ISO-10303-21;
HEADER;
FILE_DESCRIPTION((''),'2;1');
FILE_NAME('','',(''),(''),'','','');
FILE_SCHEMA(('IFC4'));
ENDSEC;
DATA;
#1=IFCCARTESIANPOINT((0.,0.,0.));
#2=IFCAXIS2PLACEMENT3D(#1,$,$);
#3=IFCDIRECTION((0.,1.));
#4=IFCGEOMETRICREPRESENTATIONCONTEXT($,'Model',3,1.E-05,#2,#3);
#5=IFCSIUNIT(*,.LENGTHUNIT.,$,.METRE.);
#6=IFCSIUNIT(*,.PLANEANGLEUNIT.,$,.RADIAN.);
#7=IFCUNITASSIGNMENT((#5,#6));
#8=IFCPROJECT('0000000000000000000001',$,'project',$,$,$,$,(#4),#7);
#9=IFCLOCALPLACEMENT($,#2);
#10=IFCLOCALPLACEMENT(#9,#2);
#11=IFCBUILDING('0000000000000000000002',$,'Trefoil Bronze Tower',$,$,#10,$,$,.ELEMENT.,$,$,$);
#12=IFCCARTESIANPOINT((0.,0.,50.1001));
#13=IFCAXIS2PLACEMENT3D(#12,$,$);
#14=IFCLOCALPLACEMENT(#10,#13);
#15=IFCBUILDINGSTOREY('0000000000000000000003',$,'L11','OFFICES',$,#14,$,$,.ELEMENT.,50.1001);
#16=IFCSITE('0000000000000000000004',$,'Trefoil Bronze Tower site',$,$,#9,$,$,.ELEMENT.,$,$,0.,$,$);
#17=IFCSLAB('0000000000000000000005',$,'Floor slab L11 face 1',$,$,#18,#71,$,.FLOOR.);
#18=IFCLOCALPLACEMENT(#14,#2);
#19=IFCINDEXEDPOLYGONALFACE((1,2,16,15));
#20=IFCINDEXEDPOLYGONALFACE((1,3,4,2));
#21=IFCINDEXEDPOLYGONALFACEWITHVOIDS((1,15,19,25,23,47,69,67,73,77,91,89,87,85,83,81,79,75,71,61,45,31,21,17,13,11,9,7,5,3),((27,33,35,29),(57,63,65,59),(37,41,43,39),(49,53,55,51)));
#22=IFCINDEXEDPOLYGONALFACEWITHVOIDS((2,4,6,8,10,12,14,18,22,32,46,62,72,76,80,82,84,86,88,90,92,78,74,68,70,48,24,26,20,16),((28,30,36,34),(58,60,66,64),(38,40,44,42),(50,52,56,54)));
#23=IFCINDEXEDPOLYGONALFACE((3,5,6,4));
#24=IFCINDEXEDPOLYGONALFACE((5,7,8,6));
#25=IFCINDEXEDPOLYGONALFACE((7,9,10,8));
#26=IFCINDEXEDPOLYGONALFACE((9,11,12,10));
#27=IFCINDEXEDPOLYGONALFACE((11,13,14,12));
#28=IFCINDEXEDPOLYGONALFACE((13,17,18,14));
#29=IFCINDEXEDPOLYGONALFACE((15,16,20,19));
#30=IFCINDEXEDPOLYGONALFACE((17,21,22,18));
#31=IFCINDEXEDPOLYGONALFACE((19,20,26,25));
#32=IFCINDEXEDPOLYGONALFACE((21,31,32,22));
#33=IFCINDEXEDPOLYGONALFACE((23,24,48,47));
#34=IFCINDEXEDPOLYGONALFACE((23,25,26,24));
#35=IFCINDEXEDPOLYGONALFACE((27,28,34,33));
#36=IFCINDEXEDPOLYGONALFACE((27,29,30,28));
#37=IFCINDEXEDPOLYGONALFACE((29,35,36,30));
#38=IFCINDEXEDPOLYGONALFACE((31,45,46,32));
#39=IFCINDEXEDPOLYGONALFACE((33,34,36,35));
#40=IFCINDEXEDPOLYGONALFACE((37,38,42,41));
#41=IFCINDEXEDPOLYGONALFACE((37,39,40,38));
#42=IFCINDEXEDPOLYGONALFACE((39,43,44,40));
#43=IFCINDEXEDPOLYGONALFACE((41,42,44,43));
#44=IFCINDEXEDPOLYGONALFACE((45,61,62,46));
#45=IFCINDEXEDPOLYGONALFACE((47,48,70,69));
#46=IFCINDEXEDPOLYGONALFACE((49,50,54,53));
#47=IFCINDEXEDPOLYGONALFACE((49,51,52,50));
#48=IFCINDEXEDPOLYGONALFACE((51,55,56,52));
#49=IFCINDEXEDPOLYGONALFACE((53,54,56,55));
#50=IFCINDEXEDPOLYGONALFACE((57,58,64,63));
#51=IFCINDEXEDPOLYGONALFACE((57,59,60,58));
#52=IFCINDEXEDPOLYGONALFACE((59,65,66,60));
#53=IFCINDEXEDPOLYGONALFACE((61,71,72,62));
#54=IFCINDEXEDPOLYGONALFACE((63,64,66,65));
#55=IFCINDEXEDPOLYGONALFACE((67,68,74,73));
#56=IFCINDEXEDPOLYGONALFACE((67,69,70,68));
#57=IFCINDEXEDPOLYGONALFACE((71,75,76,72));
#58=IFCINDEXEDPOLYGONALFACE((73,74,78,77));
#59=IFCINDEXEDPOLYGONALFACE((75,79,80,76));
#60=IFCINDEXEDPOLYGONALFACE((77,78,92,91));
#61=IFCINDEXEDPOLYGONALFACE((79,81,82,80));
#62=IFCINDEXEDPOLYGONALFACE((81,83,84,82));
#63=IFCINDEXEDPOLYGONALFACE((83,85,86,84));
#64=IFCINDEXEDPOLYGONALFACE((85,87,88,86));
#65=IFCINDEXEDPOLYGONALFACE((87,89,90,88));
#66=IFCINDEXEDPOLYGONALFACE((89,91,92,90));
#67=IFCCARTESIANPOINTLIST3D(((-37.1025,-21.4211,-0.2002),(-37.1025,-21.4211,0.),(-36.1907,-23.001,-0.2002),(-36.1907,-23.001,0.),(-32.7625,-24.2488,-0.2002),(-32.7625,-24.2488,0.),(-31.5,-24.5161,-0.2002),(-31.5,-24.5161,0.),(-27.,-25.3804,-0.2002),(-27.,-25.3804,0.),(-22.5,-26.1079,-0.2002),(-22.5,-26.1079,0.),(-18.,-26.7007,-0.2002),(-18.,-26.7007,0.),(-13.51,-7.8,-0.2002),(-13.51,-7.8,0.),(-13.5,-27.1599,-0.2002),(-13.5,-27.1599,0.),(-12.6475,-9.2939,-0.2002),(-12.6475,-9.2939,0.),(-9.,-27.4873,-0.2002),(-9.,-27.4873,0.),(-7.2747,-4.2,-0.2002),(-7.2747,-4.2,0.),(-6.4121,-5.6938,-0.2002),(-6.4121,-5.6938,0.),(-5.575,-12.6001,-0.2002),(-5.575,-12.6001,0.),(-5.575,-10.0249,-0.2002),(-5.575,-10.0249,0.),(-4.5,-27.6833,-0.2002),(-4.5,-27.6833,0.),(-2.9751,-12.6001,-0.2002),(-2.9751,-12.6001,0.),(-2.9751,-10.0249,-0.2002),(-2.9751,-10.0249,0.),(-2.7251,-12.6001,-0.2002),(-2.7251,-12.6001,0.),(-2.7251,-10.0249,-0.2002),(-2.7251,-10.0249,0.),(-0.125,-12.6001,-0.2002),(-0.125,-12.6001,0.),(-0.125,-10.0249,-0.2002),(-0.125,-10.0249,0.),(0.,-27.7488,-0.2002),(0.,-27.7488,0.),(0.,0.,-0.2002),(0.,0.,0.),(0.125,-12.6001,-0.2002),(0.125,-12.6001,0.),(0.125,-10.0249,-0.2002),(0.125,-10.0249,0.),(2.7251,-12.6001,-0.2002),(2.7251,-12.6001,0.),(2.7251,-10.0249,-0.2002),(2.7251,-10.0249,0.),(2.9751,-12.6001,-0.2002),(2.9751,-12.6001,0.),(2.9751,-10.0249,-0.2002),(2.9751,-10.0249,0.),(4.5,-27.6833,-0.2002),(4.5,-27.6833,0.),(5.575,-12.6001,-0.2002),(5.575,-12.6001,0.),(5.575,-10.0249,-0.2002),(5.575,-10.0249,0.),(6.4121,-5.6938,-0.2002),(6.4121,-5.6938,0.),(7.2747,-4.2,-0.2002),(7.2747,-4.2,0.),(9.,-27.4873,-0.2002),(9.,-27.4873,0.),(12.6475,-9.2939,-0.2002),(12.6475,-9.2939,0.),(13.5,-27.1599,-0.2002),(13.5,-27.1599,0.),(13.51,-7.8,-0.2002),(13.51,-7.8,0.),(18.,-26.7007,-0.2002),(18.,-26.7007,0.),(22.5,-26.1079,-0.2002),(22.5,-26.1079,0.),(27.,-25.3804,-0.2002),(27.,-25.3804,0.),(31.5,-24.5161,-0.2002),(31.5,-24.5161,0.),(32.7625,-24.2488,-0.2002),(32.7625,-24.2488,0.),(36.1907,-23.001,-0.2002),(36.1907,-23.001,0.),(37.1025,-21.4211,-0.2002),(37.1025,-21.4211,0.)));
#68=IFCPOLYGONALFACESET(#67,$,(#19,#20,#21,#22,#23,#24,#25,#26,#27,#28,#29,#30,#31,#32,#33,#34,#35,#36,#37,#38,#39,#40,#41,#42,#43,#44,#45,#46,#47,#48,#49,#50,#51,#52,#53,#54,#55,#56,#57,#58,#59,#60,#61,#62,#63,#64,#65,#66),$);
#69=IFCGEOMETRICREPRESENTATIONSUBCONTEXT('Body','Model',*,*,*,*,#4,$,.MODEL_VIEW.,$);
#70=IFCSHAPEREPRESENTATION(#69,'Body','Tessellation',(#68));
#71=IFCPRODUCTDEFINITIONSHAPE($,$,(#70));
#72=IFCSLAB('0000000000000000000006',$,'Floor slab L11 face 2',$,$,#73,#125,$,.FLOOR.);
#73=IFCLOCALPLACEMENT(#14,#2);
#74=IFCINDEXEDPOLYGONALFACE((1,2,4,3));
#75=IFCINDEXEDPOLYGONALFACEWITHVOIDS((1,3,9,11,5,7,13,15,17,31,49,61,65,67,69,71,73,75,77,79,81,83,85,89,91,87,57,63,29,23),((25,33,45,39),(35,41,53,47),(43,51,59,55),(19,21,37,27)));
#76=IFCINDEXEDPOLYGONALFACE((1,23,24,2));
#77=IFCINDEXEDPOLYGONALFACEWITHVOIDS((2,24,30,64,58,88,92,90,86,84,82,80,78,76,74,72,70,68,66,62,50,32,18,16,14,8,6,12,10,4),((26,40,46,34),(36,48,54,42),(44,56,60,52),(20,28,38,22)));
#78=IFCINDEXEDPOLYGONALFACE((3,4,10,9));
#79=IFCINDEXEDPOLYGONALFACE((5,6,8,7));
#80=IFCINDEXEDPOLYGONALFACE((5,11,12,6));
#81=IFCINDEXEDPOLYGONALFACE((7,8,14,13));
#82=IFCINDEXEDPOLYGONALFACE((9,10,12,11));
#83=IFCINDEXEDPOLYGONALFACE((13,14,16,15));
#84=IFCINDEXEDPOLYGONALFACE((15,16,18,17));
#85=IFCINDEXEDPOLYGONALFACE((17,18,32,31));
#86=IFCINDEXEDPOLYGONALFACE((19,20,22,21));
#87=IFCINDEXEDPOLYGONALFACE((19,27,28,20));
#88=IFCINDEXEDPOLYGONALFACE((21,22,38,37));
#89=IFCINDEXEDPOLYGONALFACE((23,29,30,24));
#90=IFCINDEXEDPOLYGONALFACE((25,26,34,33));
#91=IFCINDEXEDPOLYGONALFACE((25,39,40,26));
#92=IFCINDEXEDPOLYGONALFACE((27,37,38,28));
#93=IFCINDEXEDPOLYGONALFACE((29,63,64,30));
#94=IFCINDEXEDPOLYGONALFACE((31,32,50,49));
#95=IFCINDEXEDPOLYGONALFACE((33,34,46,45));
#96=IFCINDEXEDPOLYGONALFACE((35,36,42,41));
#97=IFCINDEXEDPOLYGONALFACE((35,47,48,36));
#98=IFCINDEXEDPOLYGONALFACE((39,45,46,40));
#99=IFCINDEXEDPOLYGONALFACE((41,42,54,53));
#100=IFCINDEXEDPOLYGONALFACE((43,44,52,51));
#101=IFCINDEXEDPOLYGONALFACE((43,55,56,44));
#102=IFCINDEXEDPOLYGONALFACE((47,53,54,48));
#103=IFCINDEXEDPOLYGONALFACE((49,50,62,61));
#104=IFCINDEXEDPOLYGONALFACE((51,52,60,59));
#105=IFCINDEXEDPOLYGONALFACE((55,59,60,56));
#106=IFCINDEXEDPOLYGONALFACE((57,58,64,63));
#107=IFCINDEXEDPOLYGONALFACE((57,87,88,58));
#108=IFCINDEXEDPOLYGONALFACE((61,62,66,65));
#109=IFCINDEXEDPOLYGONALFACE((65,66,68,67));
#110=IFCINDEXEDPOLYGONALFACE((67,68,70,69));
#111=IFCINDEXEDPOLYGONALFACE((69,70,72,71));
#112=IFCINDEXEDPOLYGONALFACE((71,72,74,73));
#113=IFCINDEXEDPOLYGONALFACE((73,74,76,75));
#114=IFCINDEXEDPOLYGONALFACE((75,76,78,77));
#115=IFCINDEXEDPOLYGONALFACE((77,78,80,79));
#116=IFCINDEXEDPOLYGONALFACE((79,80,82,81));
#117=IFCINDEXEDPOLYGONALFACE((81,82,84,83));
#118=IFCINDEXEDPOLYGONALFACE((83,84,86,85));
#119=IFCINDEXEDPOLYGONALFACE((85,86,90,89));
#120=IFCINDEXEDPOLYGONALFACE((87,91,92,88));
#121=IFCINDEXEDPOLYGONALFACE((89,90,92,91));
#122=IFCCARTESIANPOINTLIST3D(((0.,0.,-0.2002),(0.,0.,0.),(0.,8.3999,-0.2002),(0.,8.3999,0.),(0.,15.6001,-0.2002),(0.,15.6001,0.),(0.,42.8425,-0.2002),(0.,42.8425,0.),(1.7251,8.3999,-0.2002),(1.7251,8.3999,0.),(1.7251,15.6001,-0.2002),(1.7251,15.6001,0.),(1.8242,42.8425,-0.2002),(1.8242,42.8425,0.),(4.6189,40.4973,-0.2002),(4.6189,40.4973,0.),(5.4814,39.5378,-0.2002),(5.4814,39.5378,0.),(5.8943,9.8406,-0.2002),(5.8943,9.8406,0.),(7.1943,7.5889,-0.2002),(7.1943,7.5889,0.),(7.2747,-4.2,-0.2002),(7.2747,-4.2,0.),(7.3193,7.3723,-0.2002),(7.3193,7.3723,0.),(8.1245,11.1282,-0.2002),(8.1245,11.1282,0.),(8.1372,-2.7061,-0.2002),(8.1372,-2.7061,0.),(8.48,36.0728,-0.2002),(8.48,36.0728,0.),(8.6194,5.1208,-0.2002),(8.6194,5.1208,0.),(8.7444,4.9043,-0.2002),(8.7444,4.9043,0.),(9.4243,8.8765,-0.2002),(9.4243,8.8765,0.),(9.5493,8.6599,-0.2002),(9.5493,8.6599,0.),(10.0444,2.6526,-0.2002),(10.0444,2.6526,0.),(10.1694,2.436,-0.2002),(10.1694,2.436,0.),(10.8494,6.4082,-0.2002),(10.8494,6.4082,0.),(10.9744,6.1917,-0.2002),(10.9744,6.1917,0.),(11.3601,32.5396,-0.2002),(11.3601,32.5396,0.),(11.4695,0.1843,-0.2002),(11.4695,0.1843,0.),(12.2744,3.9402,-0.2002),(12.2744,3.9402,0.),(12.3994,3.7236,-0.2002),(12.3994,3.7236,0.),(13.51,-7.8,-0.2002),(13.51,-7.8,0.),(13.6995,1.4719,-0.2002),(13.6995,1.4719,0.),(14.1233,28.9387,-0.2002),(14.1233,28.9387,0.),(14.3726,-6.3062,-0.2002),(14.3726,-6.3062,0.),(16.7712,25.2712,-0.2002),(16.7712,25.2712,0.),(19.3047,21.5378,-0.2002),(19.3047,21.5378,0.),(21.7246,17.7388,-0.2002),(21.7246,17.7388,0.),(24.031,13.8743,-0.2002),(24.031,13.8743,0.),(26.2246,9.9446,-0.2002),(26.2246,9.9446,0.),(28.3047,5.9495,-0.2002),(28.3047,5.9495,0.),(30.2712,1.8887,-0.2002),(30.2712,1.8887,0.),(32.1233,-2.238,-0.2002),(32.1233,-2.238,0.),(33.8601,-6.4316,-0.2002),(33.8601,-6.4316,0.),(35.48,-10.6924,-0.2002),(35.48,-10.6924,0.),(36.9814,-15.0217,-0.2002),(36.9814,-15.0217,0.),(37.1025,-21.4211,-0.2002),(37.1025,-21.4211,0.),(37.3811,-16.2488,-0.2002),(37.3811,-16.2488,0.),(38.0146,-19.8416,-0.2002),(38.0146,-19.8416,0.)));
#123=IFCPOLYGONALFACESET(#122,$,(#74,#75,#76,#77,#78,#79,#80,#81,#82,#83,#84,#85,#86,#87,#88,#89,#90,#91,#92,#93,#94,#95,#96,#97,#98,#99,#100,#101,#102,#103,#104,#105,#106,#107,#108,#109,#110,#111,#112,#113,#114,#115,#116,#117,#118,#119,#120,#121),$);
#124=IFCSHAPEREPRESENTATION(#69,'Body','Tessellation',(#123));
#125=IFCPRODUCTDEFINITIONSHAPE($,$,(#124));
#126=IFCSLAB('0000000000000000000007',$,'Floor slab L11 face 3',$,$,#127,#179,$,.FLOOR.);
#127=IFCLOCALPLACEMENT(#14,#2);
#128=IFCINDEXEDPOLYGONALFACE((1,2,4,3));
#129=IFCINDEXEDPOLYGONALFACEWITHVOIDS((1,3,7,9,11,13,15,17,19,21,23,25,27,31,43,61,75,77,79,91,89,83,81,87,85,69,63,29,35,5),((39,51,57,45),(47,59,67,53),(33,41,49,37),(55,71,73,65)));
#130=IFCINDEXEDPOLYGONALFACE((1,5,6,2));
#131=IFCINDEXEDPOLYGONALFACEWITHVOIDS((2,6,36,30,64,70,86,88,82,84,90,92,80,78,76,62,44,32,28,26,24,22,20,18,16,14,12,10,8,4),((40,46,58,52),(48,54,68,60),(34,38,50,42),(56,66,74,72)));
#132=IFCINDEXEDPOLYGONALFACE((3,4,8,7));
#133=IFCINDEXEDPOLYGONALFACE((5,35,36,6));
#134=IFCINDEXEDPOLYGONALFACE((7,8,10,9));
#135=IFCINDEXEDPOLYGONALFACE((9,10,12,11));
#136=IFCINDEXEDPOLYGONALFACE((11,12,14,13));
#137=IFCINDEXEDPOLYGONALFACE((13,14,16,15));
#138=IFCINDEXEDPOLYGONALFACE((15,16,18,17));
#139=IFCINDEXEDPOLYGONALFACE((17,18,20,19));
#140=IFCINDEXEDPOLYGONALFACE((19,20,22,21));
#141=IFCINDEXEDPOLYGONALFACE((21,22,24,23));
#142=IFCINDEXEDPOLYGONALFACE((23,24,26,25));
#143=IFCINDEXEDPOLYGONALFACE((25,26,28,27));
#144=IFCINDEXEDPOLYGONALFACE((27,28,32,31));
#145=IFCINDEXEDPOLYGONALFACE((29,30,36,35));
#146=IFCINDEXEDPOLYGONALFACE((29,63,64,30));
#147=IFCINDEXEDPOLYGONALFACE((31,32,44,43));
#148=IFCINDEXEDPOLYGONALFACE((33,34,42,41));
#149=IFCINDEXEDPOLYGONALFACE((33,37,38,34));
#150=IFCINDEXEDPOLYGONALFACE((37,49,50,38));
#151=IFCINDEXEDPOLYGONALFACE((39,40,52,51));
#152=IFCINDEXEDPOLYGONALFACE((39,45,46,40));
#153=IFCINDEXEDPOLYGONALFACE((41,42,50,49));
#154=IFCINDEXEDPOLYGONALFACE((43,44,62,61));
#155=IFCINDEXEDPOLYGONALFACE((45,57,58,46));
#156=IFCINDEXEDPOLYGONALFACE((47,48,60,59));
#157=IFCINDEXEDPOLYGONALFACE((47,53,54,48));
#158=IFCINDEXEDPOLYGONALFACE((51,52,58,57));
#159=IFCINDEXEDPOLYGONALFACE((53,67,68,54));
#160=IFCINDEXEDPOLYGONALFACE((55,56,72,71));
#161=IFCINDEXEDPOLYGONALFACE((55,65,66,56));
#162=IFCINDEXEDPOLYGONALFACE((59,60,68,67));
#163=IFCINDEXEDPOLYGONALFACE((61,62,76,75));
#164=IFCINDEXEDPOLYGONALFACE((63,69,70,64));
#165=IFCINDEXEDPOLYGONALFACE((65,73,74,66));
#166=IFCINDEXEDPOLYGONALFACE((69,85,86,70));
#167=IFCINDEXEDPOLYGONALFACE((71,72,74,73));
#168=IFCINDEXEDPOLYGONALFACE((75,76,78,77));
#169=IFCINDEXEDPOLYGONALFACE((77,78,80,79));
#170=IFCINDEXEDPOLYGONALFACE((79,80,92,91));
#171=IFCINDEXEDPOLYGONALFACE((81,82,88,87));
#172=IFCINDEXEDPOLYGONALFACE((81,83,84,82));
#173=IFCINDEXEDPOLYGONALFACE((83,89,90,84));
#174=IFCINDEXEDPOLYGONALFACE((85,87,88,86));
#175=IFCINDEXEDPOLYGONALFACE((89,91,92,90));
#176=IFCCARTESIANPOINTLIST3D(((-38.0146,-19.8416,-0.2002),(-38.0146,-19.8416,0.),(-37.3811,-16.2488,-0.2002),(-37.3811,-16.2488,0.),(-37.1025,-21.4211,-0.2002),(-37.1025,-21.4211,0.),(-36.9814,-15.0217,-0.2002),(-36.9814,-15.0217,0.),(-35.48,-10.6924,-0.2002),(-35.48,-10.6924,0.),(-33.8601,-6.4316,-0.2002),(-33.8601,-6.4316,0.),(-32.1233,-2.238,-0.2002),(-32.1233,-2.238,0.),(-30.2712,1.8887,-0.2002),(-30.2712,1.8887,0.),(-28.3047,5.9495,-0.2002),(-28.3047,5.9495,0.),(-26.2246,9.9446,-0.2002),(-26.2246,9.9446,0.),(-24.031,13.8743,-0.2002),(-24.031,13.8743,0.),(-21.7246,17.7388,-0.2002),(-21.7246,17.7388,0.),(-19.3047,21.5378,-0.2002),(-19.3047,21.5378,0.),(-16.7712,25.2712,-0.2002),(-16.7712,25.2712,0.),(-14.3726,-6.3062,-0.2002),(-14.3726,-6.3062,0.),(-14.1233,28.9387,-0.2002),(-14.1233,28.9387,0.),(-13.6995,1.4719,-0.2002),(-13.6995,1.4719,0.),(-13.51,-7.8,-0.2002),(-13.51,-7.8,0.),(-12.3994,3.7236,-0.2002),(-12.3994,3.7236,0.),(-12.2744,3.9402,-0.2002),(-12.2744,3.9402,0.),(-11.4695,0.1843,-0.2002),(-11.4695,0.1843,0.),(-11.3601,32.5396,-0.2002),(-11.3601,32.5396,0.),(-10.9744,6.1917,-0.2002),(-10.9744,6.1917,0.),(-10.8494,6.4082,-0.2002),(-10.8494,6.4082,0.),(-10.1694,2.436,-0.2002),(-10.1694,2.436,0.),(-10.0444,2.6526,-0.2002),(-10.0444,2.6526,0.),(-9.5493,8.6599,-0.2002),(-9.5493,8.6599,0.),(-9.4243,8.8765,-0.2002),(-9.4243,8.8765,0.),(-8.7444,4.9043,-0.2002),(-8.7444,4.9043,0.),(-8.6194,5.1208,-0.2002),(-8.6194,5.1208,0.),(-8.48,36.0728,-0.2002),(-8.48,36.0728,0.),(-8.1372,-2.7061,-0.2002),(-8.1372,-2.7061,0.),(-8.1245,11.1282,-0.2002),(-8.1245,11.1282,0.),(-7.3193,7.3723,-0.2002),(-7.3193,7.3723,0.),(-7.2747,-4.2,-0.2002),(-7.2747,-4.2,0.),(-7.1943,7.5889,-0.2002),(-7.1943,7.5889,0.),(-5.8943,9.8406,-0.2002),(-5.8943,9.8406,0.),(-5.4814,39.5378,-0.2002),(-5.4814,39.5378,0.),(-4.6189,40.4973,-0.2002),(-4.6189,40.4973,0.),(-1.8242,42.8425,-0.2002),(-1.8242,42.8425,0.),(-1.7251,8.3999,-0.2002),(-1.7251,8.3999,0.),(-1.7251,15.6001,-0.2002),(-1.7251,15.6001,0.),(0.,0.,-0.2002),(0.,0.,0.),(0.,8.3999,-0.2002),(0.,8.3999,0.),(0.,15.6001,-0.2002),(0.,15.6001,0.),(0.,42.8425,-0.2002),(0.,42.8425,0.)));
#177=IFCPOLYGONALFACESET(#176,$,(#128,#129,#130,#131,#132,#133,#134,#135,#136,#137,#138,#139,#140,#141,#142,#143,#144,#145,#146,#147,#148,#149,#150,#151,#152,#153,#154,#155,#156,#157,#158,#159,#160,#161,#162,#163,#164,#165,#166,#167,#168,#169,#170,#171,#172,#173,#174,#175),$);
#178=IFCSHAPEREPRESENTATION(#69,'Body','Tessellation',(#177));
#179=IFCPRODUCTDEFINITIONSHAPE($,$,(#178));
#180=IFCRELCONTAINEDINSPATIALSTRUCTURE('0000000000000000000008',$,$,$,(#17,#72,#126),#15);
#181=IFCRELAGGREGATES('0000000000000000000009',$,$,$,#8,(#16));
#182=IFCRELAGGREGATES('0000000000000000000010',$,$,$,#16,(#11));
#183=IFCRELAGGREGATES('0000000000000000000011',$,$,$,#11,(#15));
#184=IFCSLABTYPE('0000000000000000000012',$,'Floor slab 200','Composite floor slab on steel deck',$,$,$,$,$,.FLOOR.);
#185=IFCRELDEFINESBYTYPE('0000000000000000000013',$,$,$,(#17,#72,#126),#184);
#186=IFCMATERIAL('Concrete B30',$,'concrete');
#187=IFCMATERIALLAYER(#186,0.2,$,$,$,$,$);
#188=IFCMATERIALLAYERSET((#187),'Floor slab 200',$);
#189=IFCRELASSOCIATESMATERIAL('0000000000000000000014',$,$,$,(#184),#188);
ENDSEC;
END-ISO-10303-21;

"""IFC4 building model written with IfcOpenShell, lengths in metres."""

from ifc_helpers import new_model, si_unit, direction, frame, origin, place, context, subcontext, project, spatial, polyline, outline, extrude, material, layer, layer_set, type_object, element, save


model = new_model("IFC4")

# Units and contexts
model_context = context("Model", 3, precision=1e-05, world=origin(), true_north=direction((0.0, 1.0)))
body_context = subcontext(model_context, "Body", "Model", "MODEL_VIEW")
ifc_project = project(units=[si_unit("LENGTHUNIT", "METRE"), si_unit("PLANEANGLEUNIT", "RADIAN")], contexts=[model_context])

# Site, building, storey
site_placement = place(None, origin())
site = spatial("IfcSite", under=ifc_project, at=site_placement, Name="Trefoil Bronze Tower site", CompositionType="ELEMENT", RefElevation=0.0)
building_placement = place(site_placement, origin())
building = spatial("IfcBuilding", under=site, at=building_placement, Name="Trefoil Bronze Tower", CompositionType="ELEMENT")
storey_placement = place(building_placement, frame((0.0, 0.0, 50.1001)))
storey = spatial("IfcBuildingStorey", under=building, at=storey_placement, Name="L11", Description="OFFICES", CompositionType="ELEMENT", Elevation=50.1001)

# Slabs
ifc_material_1 = material(Name="Concrete B30", Category="concrete")
ifc_layer_1 = layer(ifc_material_1, 0.2)
ifc_layer_set_1 = layer_set([ifc_layer_1], Name="Floor slab 200")
slab_type = type_object("IfcSlabType", Name="Floor slab 200", Description="Composite floor slab on steel deck", PredefinedType="FLOOR", material=ifc_layer_set_1)
slab_1_placement = place(storey_placement, frame((0.0, 0.0, -0.2002)))
element("IfcSlab", 1, at=slab_1_placement, inside=storey, type_object=slab_type, Name="Floor slab L11 face 1", PredefinedType="FLOOR", context=body_context, shape_type="SweptSolid", body=[
    extrude(outline(polyline([(27.0, -25.3804), (22.5, -26.1079), (18.0, -26.7007), (13.5, -27.1599), (9.0, -27.4873), (4.5, -27.6833), (0.0, -27.7488), (-4.5, -27.6833), (-9.0, -27.4873), (-13.5, -27.1599), (-18.0, -26.7007), (-22.5, -26.1079), (-27.0, -25.3804), (-31.5, -24.5161), (-32.7625, -24.2488), (-36.1907, -23.001), (-37.1025, -21.4211), (-13.51, -7.8), (-12.6475, -9.2939), (-6.4121, -5.6938), (-7.2747, -4.2), (0.0, 0.0), (7.2747, -4.2), (6.4121, -5.6938), (12.6475, -9.2939), (13.51, -7.8), (37.1025, -21.4211), (36.1907, -23.001), (32.7625, -24.2488), (31.5, -24.5161), (27.0, -25.3804)]), holes=[polyline([(-5.575, -10.0249), (-2.9751, -10.0249), (-2.9751, -12.6001), (-5.575, -12.6001), (-5.575, -10.0249)]), polyline([(-2.7251, -10.0249), (-0.125, -10.0249), (-0.125, -12.6001), (-2.7251, -12.6001), (-2.7251, -10.0249)]), polyline([(0.125, -10.0249), (2.7251, -10.0249), (2.7251, -12.6001), (0.125, -12.6001), (0.125, -10.0249)]), polyline([(2.9751, -10.0249), (5.575, -10.0249), (5.575, -12.6001), (2.9751, -12.6001), (2.9751, -10.0249)])]), origin(), (0.0, 0.0, 1.0), 0.2002),
])
slab_2_placement = place(storey_placement, frame((0.0, 0.0, -0.2002)))
element("IfcSlab", 2, at=slab_2_placement, inside=storey, type_object=slab_type, Name="Floor slab L11 face 2", PredefinedType="FLOOR", context=body_context, shape_type="SweptSolid", body=[
    extrude(outline(polyline([(8.48, 36.0728), (11.3601, 32.5396), (14.1233, 28.9387), (16.7712, 25.2712), (19.3047, 21.5378), (21.7246, 17.7388), (24.031, 13.8743), (26.2246, 9.9446), (28.3047, 5.9495), (30.2712, 1.8887), (32.1233, -2.238), (33.8601, -6.4316), (35.48, -10.6924), (36.9814, -15.0217), (37.3811, -16.2488), (38.0146, -19.8416), (37.1025, -21.4211), (13.51, -7.8), (14.3726, -6.3062), (8.1372, -2.7061), (7.2747, -4.2), (0.0, 0.0), (0.0, 8.3999), (1.7251, 8.3999), (1.7251, 15.6001), (0.0, 15.6001), (0.0, 42.8425), (1.8242, 42.8425), (4.6189, 40.4973), (5.4814, 39.5378), (8.48, 36.0728)]), holes=[polyline([(11.4695, 0.1843), (10.1694, 2.436), (12.3994, 3.7236), (13.6995, 1.4719), (11.4695, 0.1843)]), polyline([(10.0444, 2.6526), (8.7444, 4.9043), (10.9744, 6.1917), (12.2744, 3.9402), (10.0444, 2.6526)]), polyline([(8.6194, 5.1208), (7.3193, 7.3723), (9.5493, 8.6599), (10.8494, 6.4082), (8.6194, 5.1208)]), polyline([(7.1943, 7.5889), (5.8943, 9.8406), (8.1245, 11.1282), (9.4243, 8.8765), (7.1943, 7.5889)])]), origin(), (0.0, 0.0, 1.0), 0.2002),
])
slab_3_placement = place(storey_placement, frame((0.0, 0.0, -0.2002)))
element("IfcSlab", 3, at=slab_3_placement, inside=storey, type_object=slab_type, Name="Floor slab L11 face 3", PredefinedType="FLOOR", context=body_context, shape_type="SweptSolid", body=[
    extrude(outline(polyline([(-35.48, -10.6924), (-33.8601, -6.4316), (-32.1233, -2.238), (-30.2712, 1.8887), (-28.3047, 5.9495), (-26.2246, 9.9446), (-24.031, 13.8743), (-21.7246, 17.7388), (-19.3047, 21.5378), (-16.7712, 25.2712), (-14.1233, 28.9387), (-11.3601, 32.5396), (-8.48, 36.0728), (-5.4814, 39.5378), (-4.6189, 40.4973), (-1.8242, 42.8425), (0.0, 42.8425), (0.0, 15.6001), (-1.7251, 15.6001), (-1.7251, 8.3999), (0.0, 8.3999), (0.0, 0.0), (-7.2747, -4.2), (-8.1372, -2.7061), (-14.3726, -6.3062), (-13.51, -7.8), (-37.1025, -21.4211), (-38.0146, -19.8416), (-37.3811, -16.2488), (-36.9814, -15.0217), (-35.48, -10.6924)]), holes=[polyline([(-5.8943, 9.8406), (-7.1943, 7.5889), (-9.4243, 8.8765), (-8.1245, 11.1282), (-5.8943, 9.8406)]), polyline([(-7.3193, 7.3723), (-8.6194, 5.1208), (-10.8494, 6.4082), (-9.5493, 8.6599), (-7.3193, 7.3723)]), polyline([(-8.7444, 4.9043), (-10.0444, 2.6526), (-12.2744, 3.9402), (-10.9744, 6.1917), (-8.7444, 4.9043)]), polyline([(-10.1694, 2.436), (-11.4695, 0.1843), (-13.6995, 1.4719), (-12.3994, 3.7236), (-10.1694, 2.436)])]), origin(), (0.0, 0.0, 1.0), 0.2002),
])

save(model, "model.ifc")
